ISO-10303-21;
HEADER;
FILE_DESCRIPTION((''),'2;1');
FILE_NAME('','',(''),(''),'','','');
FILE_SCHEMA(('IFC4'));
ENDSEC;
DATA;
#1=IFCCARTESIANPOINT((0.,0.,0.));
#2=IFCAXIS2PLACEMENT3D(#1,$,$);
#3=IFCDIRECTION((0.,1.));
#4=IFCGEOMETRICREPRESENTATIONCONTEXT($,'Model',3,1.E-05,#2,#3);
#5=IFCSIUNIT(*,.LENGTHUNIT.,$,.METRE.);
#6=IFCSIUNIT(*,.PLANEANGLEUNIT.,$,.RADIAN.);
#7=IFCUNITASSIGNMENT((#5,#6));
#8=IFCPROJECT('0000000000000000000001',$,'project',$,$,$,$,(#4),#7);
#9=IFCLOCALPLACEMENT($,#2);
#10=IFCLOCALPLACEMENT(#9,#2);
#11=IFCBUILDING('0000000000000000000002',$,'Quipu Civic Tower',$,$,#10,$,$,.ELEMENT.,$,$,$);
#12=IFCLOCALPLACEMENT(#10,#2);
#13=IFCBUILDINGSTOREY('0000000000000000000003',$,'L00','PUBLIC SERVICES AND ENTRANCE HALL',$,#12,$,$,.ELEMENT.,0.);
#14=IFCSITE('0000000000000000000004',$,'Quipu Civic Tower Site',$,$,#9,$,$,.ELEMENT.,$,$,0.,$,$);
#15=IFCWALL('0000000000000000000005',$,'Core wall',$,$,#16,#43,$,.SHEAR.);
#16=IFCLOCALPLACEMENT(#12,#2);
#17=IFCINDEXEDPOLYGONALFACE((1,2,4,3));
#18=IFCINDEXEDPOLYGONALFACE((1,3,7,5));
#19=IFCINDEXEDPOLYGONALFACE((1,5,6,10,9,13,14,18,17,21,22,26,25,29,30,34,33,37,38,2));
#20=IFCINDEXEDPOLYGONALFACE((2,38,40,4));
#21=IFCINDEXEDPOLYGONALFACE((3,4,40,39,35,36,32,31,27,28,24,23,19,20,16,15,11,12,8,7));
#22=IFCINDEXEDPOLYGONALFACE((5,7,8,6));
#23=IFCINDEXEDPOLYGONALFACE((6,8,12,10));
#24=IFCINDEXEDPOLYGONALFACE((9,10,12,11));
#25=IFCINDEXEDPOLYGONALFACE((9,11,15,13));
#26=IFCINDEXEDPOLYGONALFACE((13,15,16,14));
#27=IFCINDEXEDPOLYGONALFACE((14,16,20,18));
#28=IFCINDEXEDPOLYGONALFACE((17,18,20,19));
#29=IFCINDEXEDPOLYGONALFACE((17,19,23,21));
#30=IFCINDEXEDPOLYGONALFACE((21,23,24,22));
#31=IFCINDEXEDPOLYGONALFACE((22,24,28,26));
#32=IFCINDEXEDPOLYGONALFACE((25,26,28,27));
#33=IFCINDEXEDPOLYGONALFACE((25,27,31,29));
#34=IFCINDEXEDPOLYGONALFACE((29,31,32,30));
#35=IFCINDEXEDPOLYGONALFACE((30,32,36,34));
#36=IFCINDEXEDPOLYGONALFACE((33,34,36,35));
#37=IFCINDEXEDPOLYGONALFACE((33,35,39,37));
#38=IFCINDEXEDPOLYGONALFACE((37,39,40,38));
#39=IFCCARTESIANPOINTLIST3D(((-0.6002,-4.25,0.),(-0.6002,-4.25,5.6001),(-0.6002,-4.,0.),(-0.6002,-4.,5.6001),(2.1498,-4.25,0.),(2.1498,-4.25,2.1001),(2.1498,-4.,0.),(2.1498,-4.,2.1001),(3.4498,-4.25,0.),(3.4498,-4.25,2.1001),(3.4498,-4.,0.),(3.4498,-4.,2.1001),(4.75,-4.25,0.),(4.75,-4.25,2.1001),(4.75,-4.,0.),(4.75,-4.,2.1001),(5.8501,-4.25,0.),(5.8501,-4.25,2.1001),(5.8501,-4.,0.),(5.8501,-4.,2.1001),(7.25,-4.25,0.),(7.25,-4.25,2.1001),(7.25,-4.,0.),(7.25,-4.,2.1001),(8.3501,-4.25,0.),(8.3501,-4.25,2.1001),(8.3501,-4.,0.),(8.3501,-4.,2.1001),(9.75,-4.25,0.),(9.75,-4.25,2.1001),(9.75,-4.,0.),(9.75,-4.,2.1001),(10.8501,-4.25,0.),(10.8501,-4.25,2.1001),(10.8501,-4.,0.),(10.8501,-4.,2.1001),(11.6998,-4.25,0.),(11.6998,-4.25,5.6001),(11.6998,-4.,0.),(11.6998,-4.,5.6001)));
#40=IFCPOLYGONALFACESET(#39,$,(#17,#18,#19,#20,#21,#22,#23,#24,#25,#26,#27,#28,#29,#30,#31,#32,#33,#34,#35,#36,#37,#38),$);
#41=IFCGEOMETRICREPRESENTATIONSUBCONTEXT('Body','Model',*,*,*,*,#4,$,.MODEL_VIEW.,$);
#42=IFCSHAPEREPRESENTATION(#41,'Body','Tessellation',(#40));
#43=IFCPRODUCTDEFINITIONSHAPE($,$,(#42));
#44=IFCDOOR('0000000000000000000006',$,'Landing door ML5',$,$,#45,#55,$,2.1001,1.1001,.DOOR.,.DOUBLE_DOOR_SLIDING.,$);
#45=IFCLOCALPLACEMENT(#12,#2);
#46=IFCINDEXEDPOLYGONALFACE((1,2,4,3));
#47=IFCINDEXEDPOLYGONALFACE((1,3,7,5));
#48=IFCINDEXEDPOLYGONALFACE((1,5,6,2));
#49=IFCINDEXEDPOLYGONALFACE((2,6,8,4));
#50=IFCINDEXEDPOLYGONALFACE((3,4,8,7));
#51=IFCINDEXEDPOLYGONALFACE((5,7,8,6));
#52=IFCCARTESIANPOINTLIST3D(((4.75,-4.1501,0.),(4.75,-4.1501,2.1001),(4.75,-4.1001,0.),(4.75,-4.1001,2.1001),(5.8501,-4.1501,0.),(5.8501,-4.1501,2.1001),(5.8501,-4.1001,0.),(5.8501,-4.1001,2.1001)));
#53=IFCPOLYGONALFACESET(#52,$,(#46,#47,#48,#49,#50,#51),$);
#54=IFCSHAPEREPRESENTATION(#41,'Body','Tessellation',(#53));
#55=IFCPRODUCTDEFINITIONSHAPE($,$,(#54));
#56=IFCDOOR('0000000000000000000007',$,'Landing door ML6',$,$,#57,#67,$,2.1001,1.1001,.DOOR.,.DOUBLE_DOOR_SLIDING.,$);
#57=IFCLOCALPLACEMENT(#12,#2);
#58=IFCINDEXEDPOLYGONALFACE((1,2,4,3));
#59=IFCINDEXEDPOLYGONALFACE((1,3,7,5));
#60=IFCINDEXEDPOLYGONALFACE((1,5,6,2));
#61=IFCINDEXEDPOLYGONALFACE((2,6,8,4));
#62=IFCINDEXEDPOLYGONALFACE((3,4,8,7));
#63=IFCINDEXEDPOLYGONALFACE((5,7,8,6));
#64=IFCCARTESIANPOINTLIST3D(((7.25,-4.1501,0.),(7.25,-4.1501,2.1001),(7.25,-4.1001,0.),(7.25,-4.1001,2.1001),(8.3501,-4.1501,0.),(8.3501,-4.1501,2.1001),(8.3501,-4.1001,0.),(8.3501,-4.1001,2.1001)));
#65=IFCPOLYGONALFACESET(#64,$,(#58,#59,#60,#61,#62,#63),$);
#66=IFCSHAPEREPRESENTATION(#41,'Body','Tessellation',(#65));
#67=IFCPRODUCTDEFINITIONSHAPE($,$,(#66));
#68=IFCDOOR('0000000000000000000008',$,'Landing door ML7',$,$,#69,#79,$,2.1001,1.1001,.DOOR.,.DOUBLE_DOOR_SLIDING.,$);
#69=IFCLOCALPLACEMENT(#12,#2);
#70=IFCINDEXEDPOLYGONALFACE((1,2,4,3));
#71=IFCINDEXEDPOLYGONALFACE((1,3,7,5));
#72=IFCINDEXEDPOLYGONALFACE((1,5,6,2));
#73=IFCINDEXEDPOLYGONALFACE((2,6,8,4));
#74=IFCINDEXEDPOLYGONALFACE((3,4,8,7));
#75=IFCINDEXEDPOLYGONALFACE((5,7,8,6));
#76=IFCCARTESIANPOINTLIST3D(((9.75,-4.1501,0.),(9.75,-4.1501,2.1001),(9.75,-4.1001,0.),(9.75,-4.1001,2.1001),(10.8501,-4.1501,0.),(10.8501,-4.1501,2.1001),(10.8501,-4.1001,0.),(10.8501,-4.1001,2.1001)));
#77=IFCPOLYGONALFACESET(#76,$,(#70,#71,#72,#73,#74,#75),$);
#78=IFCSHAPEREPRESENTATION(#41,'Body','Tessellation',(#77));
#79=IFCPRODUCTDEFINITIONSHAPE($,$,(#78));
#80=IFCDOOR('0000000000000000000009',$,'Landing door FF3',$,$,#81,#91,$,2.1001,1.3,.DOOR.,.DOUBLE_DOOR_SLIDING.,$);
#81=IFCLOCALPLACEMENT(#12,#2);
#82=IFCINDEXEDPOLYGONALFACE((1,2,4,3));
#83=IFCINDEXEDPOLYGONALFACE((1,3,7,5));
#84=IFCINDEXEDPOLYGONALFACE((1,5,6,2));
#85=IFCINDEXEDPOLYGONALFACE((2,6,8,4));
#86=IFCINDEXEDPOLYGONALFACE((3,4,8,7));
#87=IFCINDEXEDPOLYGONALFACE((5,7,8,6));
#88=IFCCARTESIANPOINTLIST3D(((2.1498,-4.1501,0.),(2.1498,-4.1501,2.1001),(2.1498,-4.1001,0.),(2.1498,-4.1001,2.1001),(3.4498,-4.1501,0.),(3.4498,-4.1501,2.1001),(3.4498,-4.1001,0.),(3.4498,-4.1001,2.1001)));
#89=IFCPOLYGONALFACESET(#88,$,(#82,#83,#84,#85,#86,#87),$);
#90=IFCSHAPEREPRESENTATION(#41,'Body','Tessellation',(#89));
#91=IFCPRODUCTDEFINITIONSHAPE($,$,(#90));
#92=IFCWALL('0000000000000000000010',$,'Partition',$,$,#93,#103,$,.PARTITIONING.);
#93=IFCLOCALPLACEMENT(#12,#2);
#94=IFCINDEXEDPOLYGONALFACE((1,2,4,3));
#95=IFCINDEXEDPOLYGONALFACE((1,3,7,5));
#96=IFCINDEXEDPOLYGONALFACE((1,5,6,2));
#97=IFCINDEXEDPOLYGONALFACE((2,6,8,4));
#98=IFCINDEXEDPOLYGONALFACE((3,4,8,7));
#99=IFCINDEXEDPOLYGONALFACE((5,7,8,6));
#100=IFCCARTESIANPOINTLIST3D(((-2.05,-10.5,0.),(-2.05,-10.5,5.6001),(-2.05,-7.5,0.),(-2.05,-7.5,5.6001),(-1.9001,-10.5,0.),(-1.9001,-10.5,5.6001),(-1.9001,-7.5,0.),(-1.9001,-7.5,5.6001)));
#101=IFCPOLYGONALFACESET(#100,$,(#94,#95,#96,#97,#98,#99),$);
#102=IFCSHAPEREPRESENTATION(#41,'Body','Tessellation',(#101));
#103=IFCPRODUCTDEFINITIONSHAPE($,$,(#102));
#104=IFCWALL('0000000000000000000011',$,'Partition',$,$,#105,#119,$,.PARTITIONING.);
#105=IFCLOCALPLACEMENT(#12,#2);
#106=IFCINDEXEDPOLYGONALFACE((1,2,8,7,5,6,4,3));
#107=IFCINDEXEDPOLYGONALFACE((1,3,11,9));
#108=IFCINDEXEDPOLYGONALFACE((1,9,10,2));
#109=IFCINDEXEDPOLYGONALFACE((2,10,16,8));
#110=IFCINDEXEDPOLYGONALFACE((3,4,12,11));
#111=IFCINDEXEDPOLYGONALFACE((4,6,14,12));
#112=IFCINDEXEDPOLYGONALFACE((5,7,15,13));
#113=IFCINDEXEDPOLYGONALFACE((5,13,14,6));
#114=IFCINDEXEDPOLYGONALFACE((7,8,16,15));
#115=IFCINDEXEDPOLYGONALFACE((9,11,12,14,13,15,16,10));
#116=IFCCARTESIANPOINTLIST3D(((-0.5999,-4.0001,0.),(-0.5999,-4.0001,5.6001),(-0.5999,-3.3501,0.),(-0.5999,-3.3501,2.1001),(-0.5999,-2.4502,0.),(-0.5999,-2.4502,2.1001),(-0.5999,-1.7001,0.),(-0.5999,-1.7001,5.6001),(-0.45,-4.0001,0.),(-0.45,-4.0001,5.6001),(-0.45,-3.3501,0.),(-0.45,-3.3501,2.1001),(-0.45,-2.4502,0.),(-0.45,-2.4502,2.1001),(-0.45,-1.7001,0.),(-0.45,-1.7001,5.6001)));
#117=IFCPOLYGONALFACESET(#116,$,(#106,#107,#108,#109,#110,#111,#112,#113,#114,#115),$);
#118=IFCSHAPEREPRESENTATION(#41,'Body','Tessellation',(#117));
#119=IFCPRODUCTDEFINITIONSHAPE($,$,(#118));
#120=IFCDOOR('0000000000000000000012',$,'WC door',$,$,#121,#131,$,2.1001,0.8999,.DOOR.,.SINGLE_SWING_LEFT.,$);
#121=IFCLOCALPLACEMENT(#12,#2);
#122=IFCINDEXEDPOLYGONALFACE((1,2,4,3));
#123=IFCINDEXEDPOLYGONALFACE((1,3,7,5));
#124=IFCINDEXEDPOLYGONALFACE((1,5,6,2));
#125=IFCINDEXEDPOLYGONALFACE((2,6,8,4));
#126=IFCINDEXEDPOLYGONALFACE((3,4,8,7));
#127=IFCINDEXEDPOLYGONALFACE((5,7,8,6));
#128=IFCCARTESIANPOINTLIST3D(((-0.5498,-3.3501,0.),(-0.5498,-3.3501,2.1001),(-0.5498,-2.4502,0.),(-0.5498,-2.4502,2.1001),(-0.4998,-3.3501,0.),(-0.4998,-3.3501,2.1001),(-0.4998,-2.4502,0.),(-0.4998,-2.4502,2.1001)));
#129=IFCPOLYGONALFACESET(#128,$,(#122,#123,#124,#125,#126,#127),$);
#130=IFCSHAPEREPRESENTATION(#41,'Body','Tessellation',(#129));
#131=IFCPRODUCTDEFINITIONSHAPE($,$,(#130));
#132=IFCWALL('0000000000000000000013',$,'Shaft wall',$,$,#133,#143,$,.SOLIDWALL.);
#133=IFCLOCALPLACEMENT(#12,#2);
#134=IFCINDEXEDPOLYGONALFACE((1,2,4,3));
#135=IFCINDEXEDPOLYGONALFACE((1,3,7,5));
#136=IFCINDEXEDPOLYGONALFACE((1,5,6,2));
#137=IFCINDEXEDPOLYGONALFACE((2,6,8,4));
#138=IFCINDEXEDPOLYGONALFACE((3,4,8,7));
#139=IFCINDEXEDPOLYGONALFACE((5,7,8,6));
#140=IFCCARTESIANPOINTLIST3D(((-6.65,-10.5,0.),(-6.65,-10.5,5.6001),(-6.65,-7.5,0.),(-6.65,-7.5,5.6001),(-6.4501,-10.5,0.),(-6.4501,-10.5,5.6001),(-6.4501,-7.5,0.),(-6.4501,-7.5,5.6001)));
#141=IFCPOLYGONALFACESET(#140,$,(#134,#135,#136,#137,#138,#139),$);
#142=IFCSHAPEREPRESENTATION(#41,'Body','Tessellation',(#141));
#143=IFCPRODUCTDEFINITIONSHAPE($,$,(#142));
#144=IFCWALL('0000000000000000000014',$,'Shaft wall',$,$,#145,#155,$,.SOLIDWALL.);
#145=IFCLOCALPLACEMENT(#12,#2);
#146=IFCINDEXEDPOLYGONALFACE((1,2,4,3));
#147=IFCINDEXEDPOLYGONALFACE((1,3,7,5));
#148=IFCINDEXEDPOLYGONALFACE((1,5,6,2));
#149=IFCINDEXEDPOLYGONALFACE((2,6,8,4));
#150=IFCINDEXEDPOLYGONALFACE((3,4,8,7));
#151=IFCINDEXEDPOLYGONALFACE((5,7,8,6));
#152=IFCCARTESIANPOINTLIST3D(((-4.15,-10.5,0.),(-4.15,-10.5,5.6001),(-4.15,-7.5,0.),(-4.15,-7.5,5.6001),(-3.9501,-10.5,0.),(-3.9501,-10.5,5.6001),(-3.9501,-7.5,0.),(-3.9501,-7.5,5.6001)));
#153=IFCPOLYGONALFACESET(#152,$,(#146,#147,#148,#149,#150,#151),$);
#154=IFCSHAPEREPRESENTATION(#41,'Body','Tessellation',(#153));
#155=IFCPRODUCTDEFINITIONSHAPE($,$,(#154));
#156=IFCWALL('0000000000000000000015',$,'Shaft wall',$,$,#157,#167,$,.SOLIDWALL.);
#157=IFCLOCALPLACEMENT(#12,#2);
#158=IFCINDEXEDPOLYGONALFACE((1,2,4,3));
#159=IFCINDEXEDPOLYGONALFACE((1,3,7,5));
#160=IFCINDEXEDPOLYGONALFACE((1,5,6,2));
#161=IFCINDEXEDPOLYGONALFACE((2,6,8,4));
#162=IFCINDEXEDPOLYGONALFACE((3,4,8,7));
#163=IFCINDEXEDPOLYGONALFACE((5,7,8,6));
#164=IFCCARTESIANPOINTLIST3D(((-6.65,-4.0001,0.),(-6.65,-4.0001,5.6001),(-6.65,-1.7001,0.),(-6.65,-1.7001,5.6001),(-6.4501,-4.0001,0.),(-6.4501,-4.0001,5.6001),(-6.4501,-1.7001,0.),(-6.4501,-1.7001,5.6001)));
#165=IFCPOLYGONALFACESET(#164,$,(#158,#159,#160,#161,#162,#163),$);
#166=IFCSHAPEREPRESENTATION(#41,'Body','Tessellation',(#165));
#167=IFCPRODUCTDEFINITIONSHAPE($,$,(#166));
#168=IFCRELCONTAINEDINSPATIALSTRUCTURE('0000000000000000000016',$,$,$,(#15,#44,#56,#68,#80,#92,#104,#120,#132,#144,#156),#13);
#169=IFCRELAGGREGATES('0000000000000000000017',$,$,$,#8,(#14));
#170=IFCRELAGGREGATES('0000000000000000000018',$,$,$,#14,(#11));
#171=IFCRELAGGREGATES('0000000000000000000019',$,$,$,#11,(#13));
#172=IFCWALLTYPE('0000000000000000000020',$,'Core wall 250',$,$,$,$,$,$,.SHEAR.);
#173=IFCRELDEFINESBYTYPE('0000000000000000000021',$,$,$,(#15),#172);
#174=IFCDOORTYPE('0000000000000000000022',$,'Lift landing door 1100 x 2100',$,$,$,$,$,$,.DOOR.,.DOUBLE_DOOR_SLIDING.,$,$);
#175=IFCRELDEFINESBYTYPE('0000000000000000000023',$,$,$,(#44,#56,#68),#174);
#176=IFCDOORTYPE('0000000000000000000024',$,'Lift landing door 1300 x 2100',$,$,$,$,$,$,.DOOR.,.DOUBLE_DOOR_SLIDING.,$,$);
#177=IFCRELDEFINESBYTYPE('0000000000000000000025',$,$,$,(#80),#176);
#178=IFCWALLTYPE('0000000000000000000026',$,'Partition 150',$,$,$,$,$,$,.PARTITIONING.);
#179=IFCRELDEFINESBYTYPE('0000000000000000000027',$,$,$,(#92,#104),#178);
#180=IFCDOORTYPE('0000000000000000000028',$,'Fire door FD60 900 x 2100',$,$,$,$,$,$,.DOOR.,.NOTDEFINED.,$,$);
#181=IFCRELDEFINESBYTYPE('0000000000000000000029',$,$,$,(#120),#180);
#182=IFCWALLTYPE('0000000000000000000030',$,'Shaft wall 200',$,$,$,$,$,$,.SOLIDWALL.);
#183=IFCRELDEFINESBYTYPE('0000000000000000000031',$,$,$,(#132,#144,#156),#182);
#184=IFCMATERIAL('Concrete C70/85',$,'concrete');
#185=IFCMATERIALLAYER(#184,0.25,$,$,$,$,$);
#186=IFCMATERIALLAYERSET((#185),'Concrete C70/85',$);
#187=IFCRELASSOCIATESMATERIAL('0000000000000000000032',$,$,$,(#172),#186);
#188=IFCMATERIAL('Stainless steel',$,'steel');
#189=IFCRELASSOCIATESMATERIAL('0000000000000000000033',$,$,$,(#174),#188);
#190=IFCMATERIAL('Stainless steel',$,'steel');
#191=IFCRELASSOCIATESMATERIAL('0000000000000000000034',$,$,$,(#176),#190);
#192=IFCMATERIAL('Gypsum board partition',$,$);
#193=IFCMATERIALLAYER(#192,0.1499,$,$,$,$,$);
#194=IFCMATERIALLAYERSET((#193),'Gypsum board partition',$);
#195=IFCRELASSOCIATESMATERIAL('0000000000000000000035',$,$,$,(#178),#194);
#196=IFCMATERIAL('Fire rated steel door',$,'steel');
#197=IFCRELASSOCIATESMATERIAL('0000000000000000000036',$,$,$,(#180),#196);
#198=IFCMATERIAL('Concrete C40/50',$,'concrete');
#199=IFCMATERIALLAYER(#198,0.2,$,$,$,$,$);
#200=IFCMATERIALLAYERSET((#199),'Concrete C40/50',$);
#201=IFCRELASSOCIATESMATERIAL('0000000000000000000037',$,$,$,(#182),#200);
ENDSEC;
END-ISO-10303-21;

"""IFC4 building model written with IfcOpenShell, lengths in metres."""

from ifc_helpers import new_model, si_unit, direction, frame, frame_2d, origin, place, context, subcontext, project, spatial, rectangle, extrude, material, layer, layer_set, type_object, element, fill, save


model = new_model("IFC4")

# Units and contexts
model_context = context("Model", 3, precision=1e-05, world=origin(), true_north=direction((0.0, 1.0)))
body_context = subcontext(model_context, "Body", "Model", "MODEL_VIEW")
ifc_project = project(units=[si_unit("LENGTHUNIT", "METRE"), si_unit("PLANEANGLEUNIT", "RADIAN")], contexts=[model_context])

# Site, building, storey
site_placement = place(None, origin())
site = spatial("IfcSite", under=ifc_project, at=site_placement, Name="Quipu Civic Tower Site", CompositionType="ELEMENT", RefElevation=0.0)
building_placement = place(site_placement, origin())
building = spatial("IfcBuilding", under=site, at=building_placement, Name="Quipu Civic Tower", CompositionType="ELEMENT")
storey_placement = place(building_placement, origin())
storey = spatial("IfcBuildingStorey", under=building, at=storey_placement, Name="L00", Description="PUBLIC SERVICES AND ENTRANCE HALL", CompositionType="ELEMENT", Elevation=0.0)

# Wall, openings, doors
ifc_material_1 = material(Name="Concrete C70/85", Category="concrete")
ifc_layer_1 = layer(ifc_material_1, 0.25)
ifc_layer_set_1 = layer_set([ifc_layer_1], Name="Concrete C70/85")
wall_type_1 = type_object("IfcWallType", Name="Core wall 250", PredefinedType="SHEAR", material=ifc_layer_set_1)
wall_1_placement = place(storey_placement, frame((-0.6001, -4.125, 0.0), z_axis=(0.0, 0.0, 1.0), x_axis=(1.0, 0.0, 0.0)))
wall_1 = element("IfcWall", 1, at=wall_1_placement, inside=storey, type_object=wall_type_1, Name="Core wall", PredefinedType="SHEAR", context=body_context, shape_type="SweptSolid", body=[
    extrude(rectangle(XDim=12.3, YDim=0.25, at=frame_2d((6.1499, 0.0))), origin(), (0.0, 0.0, 1.0), 5.6001),
])
opening_1_placement = place(wall_1_placement, frame((2.75, 0.0, 0.0)))
opening_1 = element("IfcOpeningElement", 2, at=opening_1_placement, cuts=wall_1, PredefinedType="OPENING", context=body_context, shape_type="SweptSolid", body=[
    extrude(rectangle(XDim=1.3, YDim=2.1001, at=frame_2d((0.6499, 1.05))), frame((0.0, 0.135, 0.0), z_axis=(0.0, -1.0, 0.0), x_axis=(1.0, 0.0, 0.0)), (0.0, 0.0, 1.0), 0.27),
])
opening_2_placement = place(wall_1_placement, frame((5.3501, 0.0, 0.0)))
opening_2 = element("IfcOpeningElement", 3, at=opening_2_placement, cuts=wall_1, PredefinedType="OPENING", context=body_context, shape_type="SweptSolid", body=[
    extrude(rectangle(XDim=1.1001, YDim=2.1001, at=frame_2d((0.55, 1.05))), frame((0.0, 0.135, 0.0), z_axis=(0.0, -1.0, 0.0), x_axis=(1.0, 0.0, 0.0)), (0.0, 0.0, 1.0), 0.27),
])
opening_3_placement = place(wall_1_placement, frame((7.8501, 0.0, 0.0)))
opening_3 = element("IfcOpeningElement", 4, at=opening_3_placement, cuts=wall_1, PredefinedType="OPENING", context=body_context, shape_type="SweptSolid", body=[
    extrude(rectangle(XDim=1.1001, YDim=2.1001, at=frame_2d((0.55, 1.05))), frame((0.0, 0.135, 0.0), z_axis=(0.0, -1.0, 0.0), x_axis=(1.0, 0.0, 0.0)), (0.0, 0.0, 1.0), 0.27),
])
opening_4_placement = place(wall_1_placement, frame((10.3501, 0.0, 0.0)))
opening_4 = element("IfcOpeningElement", 5, at=opening_4_placement, cuts=wall_1, PredefinedType="OPENING", context=body_context, shape_type="SweptSolid", body=[
    extrude(rectangle(XDim=1.1001, YDim=2.1001, at=frame_2d((0.55, 1.05))), frame((0.0, 0.135, 0.0), z_axis=(0.0, -1.0, 0.0), x_axis=(1.0, 0.0, 0.0)), (0.0, 0.0, 1.0), 0.27),
])
ifc_material_2 = material(Name="Stainless steel", Category="steel")
door_type_1 = type_object("IfcDoorType", Name="Lift landing door 1100 x 2100", OperationType="DOUBLE_DOOR_SLIDING", PredefinedType="DOOR", material=ifc_material_2)
door_1_placement = place(opening_2_placement, origin())
door_1 = element("IfcDoor", 6, at=door_1_placement, inside=storey, type_object=door_type_1, Name="Landing door ML5", OperationType="DOUBLE_DOOR_SLIDING", OverallHeight=2.1001, OverallWidth=1.1001, PredefinedType="DOOR", context=body_context, shape_type="SweptSolid", body=[
    extrude(rectangle(XDim=1.1001, YDim=2.1001, at=frame_2d((0.55, 1.05))), frame((0.0, 0.0249, 0.0), z_axis=(0.0, -1.0, 0.0), x_axis=(1.0, 0.0, 0.0)), (0.0, 0.0, 1.0), 0.05),
])
fill(opening_2, door_1)
door_2_placement = place(opening_3_placement, origin())
door_2 = element("IfcDoor", 7, at=door_2_placement, inside=storey, type_object=door_type_1, Name="Landing door ML6", OperationType="DOUBLE_DOOR_SLIDING", OverallHeight=2.1001, OverallWidth=1.1001, PredefinedType="DOOR", context=body_context, shape_type="SweptSolid", body=[
    extrude(rectangle(XDim=1.1001, YDim=2.1001, at=frame_2d((0.55, 1.05))), frame((0.0, 0.0249, 0.0), z_axis=(0.0, -1.0, 0.0), x_axis=(1.0, 0.0, 0.0)), (0.0, 0.0, 1.0), 0.05),
])
fill(opening_3, door_2)
door_3_placement = place(opening_4_placement, origin())
door_3 = element("IfcDoor", 8, at=door_3_placement, inside=storey, type_object=door_type_1, Name="Landing door ML7", OperationType="DOUBLE_DOOR_SLIDING", OverallHeight=2.1001, OverallWidth=1.1001, PredefinedType="DOOR", context=body_context, shape_type="SweptSolid", body=[
    extrude(rectangle(XDim=1.1001, YDim=2.1001, at=frame_2d((0.55, 1.05))), frame((0.0, 0.0249, 0.0), z_axis=(0.0, -1.0, 0.0), x_axis=(1.0, 0.0, 0.0)), (0.0, 0.0, 1.0), 0.05),
])
fill(opening_4, door_3)
ifc_material_3 = material(Name="Stainless steel", Category="steel")
door_type_2 = type_object("IfcDoorType", Name="Lift landing door 1300 x 2100", OperationType="DOUBLE_DOOR_SLIDING", PredefinedType="DOOR", material=ifc_material_3)
door_4_placement = place(opening_1_placement, origin())
door_4 = element("IfcDoor", 9, at=door_4_placement, inside=storey, type_object=door_type_2, Name="Landing door FF3", OperationType="DOUBLE_DOOR_SLIDING", OverallHeight=2.1001, OverallWidth=1.3, PredefinedType="DOOR", context=body_context, shape_type="SweptSolid", body=[
    extrude(rectangle(XDim=1.3, YDim=2.1001, at=frame_2d((0.6499, 1.05))), frame((0.0, 0.0249, 0.0), z_axis=(0.0, -1.0, 0.0), x_axis=(1.0, 0.0, 0.0)), (0.0, 0.0, 1.0), 0.05),
])
fill(opening_1, door_4)

# Wall
ifc_material_4 = material(Name="Gypsum board partition")
ifc_layer_2 = layer(ifc_material_4, 0.1499)
ifc_layer_set_2 = layer_set([ifc_layer_2], Name="Gypsum board partition")
wall_type_2 = type_object("IfcWallType", Name="Partition 150", PredefinedType="PARTITIONING", material=ifc_layer_set_2)
wall_2_placement = place(storey_placement, frame((-1.9751, -10.5, 0.0), z_axis=(0.0, 0.0, 1.0), x_axis=(0.0, 1.0, 0.0)))
element("IfcWall", 10, at=wall_2_placement, inside=storey, type_object=wall_type_2, Name="Partition", PredefinedType="PARTITIONING", context=body_context, shape_type="SweptSolid", body=[
    extrude(rectangle(XDim=3.0, YDim=0.1499, at=frame_2d((1.5, 0.0))), origin(), (0.0, 0.0, 1.0), 5.6001),
])

# Wall, opening, door
wall_3_placement = place(storey_placement, frame((-0.5249, -4.0, 0.0), z_axis=(0.0, 0.0, 1.0), x_axis=(0.0, 1.0, 0.0)))
wall_3 = element("IfcWall", 11, at=wall_3_placement, inside=storey, type_object=wall_type_2, Name="Partition", PredefinedType="PARTITIONING", context=body_context, shape_type="SweptSolid", body=[
    extrude(rectangle(XDim=2.3, YDim=0.1499, at=frame_2d((1.1499, 0.0))), origin(), (0.0, 0.0, 1.0), 5.6001),
])
opening_5_placement = place(wall_3_placement, frame((0.6499, 0.0, 0.0)))
opening_5 = element("IfcOpeningElement", 12, at=opening_5_placement, cuts=wall_3, PredefinedType="OPENING", context=body_context, shape_type="SweptSolid", body=[
    extrude(rectangle(XDim=0.8999, YDim=2.1001, at=frame_2d((0.45, 1.05))), frame((0.0, 0.085, 0.0), z_axis=(0.0, -1.0, 0.0), x_axis=(1.0, 0.0, 0.0)), (0.0, 0.0, 1.0), 0.1699),
])
ifc_material_5 = material(Name="Fire rated steel door", Category="steel")
door_type_3 = type_object("IfcDoorType", Name="Fire door FD60 900 x 2100", OperationType="NOTDEFINED", PredefinedType="DOOR", material=ifc_material_5)
door_5_placement = place(opening_5_placement, origin())
door_5 = element("IfcDoor", 13, at=door_5_placement, inside=storey, type_object=door_type_3, Name="WC door", OperationType="SINGLE_SWING_LEFT", OverallHeight=2.1001, OverallWidth=0.8999, PredefinedType="DOOR", context=body_context, shape_type="SweptSolid", body=[
    extrude(rectangle(XDim=0.8999, YDim=2.1001, at=frame_2d((0.45, 1.05))), frame((0.0, 0.0249, 0.0), z_axis=(0.0, -1.0, 0.0), x_axis=(1.0, 0.0, 0.0)), (0.0, 0.0, 1.0), 0.05),
])
fill(opening_5, door_5)

# Walls
ifc_material_6 = material(Name="Concrete C40/50", Category="concrete")
ifc_layer_3 = layer(ifc_material_6, 0.2)
ifc_layer_set_3 = layer_set([ifc_layer_3], Name="Concrete C40/50")
wall_type_3 = type_object("IfcWallType", Name="Shaft wall 200", PredefinedType="SOLIDWALL", material=ifc_layer_set_3)
for number, where, z_axis, x_axis, name in (
    (14, (-6.55, -10.5, 0.0), (0.0, 0.0, 1.0), (0.0, 1.0, 0.0), "Shaft wall"),
    (15, (-4.05, -10.5, 0.0), (0.0, 0.0, 1.0), (0.0, 1.0, 0.0), "Shaft wall"),
):
    element("IfcWall", number, at=place(storey_placement, frame(where, z_axis=z_axis, x_axis=x_axis)), inside=storey, type_object=wall_type_3, Name=name, PredefinedType="SOLIDWALL", context=body_context, shape_type="SweptSolid", body=[
        extrude(rectangle(XDim=3.0, YDim=0.2, at=frame_2d((1.5, 0.0))), origin(), (0.0, 0.0, 1.0), 5.6001),
    ])
for number, where, z_axis, x_axis, name in (
    (16, (-6.55, -4.0, 0.0), (0.0, 0.0, 1.0), (0.0, 1.0, 0.0), "Shaft wall"),
):
    element("IfcWall", number, at=place(storey_placement, frame(where, z_axis=z_axis, x_axis=x_axis)), inside=storey, type_object=wall_type_3, Name=name, PredefinedType="SOLIDWALL", context=body_context, shape_type="SweptSolid", body=[
        extrude(rectangle(XDim=2.3, YDim=0.2, at=frame_2d((1.1499, 0.0))), origin(), (0.0, 0.0, 1.0), 5.6001),
    ])

save(model, "model.ifc")
